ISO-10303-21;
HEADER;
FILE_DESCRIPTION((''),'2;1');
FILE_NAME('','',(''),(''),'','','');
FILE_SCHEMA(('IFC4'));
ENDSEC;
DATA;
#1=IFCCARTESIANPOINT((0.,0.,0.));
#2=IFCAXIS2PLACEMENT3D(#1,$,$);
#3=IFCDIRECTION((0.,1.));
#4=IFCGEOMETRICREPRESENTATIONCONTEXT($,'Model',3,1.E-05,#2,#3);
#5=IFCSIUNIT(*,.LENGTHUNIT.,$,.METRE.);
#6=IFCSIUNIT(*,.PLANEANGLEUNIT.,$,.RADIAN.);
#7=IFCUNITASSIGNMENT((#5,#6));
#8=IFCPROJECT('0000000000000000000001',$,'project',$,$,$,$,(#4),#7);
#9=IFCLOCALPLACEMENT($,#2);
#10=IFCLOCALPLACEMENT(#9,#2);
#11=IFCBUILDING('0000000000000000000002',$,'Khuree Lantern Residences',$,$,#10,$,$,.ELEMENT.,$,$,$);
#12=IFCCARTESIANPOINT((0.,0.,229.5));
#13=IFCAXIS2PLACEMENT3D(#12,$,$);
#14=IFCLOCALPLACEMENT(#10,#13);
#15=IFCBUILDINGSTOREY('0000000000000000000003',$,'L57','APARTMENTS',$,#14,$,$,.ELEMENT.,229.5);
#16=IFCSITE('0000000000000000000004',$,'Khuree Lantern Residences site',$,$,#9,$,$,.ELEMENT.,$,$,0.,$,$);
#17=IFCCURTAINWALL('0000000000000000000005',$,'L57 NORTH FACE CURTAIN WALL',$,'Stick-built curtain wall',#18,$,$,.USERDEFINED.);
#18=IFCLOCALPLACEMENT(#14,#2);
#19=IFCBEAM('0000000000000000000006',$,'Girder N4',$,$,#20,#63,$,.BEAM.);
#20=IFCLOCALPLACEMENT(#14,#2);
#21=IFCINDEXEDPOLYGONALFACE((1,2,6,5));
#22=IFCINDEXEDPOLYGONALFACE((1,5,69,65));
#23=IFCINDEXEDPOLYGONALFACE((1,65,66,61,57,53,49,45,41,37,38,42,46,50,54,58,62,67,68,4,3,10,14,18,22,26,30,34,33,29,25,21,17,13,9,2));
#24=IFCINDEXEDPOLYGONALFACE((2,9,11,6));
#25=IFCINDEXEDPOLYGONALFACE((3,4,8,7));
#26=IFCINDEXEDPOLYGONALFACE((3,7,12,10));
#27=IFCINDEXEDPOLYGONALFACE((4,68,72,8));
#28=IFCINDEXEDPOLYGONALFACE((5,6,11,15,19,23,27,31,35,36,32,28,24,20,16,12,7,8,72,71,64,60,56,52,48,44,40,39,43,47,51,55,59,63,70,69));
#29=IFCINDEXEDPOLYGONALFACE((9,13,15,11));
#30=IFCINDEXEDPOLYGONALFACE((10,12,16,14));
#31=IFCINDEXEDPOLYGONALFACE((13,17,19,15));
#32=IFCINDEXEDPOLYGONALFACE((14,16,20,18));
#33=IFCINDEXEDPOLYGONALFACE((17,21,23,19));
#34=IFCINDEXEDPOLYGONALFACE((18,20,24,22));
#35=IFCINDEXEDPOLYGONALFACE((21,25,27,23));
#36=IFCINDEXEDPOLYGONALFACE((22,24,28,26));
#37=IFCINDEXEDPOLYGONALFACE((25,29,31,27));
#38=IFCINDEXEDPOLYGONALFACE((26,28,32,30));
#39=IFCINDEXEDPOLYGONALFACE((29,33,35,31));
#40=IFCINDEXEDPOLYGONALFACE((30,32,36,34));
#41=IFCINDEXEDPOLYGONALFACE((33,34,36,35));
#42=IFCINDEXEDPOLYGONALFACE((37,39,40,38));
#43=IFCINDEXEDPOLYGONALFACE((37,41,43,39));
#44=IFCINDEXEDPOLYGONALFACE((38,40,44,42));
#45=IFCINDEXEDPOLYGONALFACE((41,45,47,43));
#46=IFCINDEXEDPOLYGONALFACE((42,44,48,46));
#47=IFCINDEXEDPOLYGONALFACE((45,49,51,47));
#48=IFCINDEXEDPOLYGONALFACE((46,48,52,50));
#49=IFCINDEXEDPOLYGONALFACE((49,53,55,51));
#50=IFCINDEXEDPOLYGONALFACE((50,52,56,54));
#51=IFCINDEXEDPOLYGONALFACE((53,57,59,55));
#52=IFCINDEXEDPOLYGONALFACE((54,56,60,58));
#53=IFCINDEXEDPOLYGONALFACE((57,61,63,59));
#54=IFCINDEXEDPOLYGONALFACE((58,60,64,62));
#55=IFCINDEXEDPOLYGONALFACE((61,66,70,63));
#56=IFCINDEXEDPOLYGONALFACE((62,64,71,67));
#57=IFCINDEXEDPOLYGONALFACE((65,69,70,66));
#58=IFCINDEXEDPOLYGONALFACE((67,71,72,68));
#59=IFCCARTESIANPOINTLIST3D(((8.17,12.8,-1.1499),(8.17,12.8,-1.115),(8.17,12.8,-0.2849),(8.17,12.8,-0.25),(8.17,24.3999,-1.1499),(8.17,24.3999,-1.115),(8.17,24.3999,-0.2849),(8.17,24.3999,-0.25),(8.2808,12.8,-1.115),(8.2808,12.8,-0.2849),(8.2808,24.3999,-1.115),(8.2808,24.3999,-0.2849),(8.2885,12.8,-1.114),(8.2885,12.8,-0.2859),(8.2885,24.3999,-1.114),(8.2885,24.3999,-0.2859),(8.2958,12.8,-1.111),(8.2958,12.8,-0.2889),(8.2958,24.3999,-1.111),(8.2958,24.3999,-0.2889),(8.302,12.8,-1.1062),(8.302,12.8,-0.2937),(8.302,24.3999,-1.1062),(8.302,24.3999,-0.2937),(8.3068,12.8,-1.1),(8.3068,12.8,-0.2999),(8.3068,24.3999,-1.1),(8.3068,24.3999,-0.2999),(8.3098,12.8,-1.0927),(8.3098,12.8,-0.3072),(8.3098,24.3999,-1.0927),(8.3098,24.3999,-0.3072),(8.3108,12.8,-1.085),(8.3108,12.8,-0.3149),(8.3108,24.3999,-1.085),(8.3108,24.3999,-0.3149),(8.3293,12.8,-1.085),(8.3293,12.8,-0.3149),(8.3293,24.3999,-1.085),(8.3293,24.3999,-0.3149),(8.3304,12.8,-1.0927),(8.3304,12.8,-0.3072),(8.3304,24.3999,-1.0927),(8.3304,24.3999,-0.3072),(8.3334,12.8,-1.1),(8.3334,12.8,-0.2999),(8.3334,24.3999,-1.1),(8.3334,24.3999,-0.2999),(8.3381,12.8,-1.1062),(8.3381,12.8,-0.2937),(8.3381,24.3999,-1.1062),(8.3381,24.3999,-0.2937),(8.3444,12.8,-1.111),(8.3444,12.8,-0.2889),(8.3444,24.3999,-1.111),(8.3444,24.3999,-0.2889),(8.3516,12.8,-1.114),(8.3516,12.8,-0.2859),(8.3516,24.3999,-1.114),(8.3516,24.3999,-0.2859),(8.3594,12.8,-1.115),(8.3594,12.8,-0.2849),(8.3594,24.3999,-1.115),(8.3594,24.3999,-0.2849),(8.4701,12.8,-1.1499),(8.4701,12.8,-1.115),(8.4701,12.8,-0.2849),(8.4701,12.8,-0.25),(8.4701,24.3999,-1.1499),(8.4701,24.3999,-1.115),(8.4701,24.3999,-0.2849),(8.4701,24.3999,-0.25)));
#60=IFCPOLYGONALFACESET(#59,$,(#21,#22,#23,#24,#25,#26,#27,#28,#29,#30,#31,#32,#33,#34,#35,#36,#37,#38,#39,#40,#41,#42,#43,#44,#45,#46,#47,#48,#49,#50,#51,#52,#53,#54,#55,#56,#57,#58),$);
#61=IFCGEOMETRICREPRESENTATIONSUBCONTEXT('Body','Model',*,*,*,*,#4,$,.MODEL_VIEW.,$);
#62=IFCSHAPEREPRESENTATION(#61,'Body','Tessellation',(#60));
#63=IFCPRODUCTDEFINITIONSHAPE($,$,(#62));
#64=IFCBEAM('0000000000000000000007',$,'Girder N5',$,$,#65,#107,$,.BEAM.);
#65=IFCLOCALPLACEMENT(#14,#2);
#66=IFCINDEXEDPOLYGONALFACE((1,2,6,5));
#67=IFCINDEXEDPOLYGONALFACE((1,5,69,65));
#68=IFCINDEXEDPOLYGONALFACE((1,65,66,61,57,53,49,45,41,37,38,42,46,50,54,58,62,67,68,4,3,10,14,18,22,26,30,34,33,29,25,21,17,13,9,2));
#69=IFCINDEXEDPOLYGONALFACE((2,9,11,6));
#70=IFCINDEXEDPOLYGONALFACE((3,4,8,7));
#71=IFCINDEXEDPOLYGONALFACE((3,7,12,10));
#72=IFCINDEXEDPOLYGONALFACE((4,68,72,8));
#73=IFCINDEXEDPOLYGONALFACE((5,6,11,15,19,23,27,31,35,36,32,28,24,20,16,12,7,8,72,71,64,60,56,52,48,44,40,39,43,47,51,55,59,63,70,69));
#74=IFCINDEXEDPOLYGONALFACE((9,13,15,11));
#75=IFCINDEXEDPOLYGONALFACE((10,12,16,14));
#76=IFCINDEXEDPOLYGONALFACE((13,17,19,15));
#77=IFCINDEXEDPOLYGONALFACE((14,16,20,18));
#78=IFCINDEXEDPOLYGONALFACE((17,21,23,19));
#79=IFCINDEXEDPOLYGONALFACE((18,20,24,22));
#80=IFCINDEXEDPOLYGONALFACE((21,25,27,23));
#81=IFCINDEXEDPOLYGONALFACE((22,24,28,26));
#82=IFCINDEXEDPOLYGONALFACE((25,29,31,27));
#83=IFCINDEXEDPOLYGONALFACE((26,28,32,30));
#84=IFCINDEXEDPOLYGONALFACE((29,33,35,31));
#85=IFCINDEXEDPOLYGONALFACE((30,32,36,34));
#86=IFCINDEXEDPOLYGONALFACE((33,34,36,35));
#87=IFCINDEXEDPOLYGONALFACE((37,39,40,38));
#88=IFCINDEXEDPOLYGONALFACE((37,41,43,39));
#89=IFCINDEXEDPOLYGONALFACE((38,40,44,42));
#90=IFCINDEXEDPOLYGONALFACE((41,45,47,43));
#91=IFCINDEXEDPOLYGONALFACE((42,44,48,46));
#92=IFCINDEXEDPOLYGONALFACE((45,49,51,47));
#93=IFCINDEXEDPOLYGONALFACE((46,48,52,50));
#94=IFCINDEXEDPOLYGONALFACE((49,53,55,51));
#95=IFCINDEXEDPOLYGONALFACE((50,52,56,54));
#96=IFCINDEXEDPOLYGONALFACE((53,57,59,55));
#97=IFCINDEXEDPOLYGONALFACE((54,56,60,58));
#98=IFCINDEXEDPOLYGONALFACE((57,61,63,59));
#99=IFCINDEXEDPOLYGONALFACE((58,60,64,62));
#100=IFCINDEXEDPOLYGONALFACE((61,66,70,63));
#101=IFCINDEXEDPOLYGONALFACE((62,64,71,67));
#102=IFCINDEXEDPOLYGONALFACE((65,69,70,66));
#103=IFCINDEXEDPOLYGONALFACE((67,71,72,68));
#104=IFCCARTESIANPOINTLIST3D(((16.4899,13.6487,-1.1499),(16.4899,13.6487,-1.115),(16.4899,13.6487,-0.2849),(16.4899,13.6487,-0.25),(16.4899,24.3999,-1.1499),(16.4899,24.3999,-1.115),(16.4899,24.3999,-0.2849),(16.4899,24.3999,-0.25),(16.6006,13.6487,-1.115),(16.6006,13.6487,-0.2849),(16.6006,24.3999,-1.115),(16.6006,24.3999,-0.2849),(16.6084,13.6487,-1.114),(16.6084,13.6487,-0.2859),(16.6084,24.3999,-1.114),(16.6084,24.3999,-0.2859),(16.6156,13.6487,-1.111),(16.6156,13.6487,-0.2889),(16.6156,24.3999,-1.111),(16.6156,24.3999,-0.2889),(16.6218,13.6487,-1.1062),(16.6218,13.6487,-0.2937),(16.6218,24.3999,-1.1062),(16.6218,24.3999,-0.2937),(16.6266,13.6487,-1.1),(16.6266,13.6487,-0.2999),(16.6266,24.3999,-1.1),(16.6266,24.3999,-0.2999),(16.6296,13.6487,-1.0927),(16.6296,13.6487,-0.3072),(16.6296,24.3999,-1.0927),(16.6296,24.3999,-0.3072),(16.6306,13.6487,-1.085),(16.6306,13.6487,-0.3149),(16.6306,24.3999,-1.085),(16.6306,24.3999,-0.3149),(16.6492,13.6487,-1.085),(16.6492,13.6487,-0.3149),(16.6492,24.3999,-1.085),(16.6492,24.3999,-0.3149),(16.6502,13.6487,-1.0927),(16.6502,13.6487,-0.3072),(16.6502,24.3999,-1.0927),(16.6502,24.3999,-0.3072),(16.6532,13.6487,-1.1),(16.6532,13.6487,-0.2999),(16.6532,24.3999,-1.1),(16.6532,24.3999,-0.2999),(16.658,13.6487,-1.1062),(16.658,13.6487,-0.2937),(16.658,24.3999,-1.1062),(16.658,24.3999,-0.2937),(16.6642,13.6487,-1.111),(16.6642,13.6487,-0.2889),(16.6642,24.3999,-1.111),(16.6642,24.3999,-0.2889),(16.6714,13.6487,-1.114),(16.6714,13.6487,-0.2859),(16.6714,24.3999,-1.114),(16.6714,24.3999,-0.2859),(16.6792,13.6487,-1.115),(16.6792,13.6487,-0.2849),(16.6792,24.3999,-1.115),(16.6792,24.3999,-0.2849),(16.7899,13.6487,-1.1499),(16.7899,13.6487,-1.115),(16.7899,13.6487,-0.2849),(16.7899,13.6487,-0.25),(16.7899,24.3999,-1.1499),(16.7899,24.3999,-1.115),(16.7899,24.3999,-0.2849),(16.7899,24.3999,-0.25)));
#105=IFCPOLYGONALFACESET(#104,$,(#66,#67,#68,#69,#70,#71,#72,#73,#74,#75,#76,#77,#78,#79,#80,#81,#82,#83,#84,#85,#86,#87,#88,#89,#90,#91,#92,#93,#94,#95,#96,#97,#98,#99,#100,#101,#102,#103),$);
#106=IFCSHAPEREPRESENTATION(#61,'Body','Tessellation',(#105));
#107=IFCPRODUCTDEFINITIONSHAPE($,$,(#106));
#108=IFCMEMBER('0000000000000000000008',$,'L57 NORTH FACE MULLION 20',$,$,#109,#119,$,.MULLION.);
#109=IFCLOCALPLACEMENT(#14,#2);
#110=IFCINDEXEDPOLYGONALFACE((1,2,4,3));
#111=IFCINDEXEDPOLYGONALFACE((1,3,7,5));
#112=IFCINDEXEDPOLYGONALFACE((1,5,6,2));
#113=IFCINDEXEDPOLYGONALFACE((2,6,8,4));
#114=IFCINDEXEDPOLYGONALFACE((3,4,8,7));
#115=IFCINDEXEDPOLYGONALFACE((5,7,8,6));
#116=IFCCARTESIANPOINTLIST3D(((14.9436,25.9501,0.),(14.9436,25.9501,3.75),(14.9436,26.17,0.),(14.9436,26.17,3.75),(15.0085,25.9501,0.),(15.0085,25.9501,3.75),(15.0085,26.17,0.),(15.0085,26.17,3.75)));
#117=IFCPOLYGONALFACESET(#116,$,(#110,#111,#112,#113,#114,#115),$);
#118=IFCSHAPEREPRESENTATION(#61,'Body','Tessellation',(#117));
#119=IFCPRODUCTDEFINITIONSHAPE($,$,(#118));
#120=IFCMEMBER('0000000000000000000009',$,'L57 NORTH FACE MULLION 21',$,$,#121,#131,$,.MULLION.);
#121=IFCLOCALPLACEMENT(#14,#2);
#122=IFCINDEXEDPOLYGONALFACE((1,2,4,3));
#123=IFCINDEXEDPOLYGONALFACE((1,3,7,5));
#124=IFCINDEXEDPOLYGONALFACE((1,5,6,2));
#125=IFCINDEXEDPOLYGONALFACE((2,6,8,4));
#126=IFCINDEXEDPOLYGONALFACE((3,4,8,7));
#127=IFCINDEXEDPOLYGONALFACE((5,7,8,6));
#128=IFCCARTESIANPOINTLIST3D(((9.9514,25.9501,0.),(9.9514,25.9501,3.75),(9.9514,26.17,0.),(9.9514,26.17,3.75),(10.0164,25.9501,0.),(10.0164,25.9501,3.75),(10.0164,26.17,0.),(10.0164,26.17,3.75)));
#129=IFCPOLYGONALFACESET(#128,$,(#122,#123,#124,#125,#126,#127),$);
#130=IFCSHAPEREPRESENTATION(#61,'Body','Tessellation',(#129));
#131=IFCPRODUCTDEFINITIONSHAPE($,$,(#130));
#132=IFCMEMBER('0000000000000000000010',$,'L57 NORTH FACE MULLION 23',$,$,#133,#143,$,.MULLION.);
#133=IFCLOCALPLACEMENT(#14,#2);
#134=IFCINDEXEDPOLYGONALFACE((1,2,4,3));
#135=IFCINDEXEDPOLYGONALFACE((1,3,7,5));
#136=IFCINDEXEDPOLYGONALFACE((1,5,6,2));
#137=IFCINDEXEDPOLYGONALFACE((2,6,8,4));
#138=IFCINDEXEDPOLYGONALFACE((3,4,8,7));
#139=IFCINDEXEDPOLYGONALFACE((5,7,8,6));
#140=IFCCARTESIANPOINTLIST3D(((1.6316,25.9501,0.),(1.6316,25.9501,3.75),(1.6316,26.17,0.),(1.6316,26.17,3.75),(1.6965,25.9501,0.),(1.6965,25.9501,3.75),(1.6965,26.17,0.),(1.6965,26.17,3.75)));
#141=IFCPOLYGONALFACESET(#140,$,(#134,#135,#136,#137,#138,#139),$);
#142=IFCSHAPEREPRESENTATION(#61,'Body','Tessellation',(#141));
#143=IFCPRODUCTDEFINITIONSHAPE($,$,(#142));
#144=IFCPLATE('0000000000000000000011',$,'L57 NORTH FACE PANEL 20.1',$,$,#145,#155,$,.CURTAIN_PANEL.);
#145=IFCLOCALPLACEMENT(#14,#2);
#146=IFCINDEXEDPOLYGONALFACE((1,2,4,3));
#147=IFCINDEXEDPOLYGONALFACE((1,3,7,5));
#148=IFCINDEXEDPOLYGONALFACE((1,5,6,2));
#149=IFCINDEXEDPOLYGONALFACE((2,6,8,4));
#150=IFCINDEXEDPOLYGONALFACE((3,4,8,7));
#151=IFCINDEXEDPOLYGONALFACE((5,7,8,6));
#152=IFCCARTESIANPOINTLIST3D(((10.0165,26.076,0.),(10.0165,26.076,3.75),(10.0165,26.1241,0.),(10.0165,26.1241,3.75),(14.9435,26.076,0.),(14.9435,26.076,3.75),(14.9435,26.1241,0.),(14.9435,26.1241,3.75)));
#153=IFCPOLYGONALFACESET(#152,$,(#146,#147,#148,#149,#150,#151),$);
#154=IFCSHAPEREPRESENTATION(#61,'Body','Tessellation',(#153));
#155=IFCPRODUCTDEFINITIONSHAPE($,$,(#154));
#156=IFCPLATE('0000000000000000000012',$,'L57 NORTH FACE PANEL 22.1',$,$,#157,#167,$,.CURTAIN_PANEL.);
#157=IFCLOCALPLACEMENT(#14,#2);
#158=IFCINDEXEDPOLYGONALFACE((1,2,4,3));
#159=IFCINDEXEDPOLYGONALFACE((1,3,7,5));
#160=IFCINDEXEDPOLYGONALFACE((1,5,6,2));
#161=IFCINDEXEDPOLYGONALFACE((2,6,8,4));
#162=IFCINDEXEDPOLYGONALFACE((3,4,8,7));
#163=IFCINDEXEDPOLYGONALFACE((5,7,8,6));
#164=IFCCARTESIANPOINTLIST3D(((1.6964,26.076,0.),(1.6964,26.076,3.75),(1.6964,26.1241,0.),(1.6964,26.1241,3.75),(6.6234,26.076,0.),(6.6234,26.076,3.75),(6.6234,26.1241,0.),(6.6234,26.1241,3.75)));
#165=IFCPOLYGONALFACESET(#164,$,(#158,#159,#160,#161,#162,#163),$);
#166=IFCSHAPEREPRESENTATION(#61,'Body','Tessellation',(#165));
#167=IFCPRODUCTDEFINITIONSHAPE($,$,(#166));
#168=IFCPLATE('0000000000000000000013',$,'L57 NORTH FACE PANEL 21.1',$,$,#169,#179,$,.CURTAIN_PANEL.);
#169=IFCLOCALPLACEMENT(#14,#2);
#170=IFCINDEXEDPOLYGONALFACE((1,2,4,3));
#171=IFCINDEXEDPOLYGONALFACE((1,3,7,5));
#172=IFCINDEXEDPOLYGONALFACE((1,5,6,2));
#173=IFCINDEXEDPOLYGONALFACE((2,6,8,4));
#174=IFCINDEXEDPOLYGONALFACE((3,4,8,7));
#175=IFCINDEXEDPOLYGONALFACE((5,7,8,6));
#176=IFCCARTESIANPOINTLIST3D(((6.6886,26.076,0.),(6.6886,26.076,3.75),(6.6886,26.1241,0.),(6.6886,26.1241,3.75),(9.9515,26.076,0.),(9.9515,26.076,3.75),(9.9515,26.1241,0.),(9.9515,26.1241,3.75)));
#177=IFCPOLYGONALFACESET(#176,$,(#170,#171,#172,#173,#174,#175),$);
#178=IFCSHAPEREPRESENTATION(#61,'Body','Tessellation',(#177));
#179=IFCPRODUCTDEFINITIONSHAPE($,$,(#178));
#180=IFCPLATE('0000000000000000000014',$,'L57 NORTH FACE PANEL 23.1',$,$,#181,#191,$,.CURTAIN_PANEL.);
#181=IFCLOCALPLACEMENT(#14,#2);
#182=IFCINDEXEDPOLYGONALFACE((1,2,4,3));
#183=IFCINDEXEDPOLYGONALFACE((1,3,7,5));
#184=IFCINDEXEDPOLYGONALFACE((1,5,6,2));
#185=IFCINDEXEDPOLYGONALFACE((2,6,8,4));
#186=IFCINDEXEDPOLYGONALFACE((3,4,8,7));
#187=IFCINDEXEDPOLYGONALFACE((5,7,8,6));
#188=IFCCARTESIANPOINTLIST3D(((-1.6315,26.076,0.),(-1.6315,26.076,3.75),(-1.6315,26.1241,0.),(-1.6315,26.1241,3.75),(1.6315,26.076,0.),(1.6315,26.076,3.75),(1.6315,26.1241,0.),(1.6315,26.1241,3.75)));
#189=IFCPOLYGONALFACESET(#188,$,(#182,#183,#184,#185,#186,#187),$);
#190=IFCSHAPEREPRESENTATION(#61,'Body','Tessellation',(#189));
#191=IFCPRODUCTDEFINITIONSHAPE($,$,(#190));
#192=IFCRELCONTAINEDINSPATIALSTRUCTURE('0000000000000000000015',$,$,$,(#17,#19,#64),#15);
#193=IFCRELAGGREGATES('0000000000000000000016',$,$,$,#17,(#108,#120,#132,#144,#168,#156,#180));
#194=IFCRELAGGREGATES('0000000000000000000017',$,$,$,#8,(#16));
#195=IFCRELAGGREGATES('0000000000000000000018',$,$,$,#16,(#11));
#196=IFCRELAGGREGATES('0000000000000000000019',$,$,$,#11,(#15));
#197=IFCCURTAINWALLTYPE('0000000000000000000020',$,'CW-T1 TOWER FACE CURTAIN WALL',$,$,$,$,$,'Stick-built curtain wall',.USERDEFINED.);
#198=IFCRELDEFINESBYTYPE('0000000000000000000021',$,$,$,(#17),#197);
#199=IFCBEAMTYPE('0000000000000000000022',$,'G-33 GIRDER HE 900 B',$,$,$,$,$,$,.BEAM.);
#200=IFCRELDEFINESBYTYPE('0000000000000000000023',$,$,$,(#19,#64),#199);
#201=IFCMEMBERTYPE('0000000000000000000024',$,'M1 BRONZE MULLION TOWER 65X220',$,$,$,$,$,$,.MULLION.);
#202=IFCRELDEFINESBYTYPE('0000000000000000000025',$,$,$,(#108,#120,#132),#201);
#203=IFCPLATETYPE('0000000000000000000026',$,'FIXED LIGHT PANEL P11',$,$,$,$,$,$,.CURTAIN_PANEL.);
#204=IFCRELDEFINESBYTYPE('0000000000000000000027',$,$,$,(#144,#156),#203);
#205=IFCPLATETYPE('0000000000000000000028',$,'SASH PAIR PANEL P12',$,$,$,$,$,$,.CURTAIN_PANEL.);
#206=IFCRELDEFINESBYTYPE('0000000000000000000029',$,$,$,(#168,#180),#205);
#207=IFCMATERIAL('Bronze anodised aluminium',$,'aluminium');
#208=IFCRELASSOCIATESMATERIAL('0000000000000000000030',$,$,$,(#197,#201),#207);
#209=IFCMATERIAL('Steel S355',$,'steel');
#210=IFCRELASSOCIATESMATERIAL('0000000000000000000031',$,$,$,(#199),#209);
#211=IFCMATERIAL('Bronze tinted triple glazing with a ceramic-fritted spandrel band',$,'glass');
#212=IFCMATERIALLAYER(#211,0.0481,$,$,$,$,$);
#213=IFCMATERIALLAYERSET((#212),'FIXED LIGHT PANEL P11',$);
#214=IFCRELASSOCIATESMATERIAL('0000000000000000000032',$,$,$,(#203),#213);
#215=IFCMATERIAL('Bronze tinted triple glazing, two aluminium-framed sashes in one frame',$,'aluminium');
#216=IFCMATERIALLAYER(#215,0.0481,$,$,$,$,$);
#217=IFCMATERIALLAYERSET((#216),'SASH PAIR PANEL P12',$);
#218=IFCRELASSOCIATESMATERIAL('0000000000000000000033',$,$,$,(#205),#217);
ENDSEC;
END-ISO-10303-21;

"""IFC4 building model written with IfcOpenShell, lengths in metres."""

from ifc_helpers import new_model, si_unit, direction, frame, origin, origin_2d, place, context, subcontext, project, spatial, rectangle, i_section, extrude, material, layer, layer_set, material_profile, profile_set, type_object, element, aggregate, save


model = new_model("IFC4")

# Units and contexts
model_context = context("Model", 3, precision=1e-05, world=origin(), true_north=direction((0.0, 1.0)))
body_context = subcontext(model_context, "Body", "Model", "MODEL_VIEW")
ifc_project = project(units=[si_unit("LENGTHUNIT", "METRE"), si_unit("PLANEANGLEUNIT", "RADIAN")], contexts=[model_context])

# Site, building, storey
site_placement = place(None, origin())
site = spatial("IfcSite", under=ifc_project, at=site_placement, Name="Khuree Lantern Residences site", CompositionType="ELEMENT", RefElevation=0.0)
building_placement = place(site_placement, origin())
building = spatial("IfcBuilding", under=site, at=building_placement, Name="Khuree Lantern Residences", CompositionType="ELEMENT")
storey_placement = place(building_placement, frame((0.0, 0.0, 229.5)))
storey = spatial("IfcBuildingStorey", under=building, at=storey_placement, Name="L57", Description="APARTMENTS", CompositionType="ELEMENT", Elevation=229.5)

# Shared definitions
ifc_material_1 = material(Name="Steel S355", Category="steel")

# Curtain wall
ifc_material_2 = material(Name="Bronze anodised aluminium", Category="aluminium")
curtain_wall_type = type_object("IfcCurtainWallType", Name="CW-T1 TOWER FACE CURTAIN WALL", ElementType="Stick-built curtain wall", PredefinedType="USERDEFINED", material=ifc_material_2)
curtain_wall_placement = place(storey_placement, origin())
curtain_wall = element("IfcCurtainWall", 1, at=curtain_wall_placement, inside=storey, type_object=curtain_wall_type, Name="L57 NORTH FACE CURTAIN WALL", ObjectType="Stick-built curtain wall", PredefinedType="USERDEFINED")

# Beams
ifc_material_profile_1 = material_profile(ifc_material_1, i_section(OverallWidth=0.3, OverallDepth=0.8999, WebThickness=0.0186, FlangeThickness=0.0349, FilletRadius=0.03, at=origin_2d()), Name="HE 900 B")
ifc_profile_set_1 = profile_set([ifc_material_profile_1], Name="Steel S355")
beam_type_1 = type_object("IfcBeamType", Name="G-33 GIRDER HE 900 B", PredefinedType="BEAM", material=ifc_profile_set_1)
for number, where, z_axis, x_axis, name in (
    (2, (8.3201, 24.3999, -0.7), (0.0, -1.0, 0.0), (1.0, 0.0, 0.0), "Girder N4"),
):
    element("IfcBeam", number, at=place(storey_placement, frame(where, z_axis=z_axis, x_axis=x_axis)), inside=storey, type_object=beam_type_1, Name=name, PredefinedType="BEAM", context=body_context, shape_type="SweptSolid", body=[
        extrude(i_section(OverallWidth=0.3, OverallDepth=0.8999, WebThickness=0.0186, FlangeThickness=0.0349, FilletRadius=0.03, at=origin_2d()), origin(), (0.0, 0.0, 1.0), 11.5999),
    ])
beam_1_placement = place(storey_placement, frame((16.6399, 24.3999, -0.7), z_axis=(0.0, -1.0, 0.0), x_axis=(1.0, 0.0, 0.0)))
element("IfcBeam", 3, at=beam_1_placement, inside=storey, type_object=beam_type_1, Name="Girder N5", PredefinedType="BEAM", context=body_context, shape_type="SweptSolid", body=[
    extrude(i_section(OverallWidth=0.3, OverallDepth=0.8999, WebThickness=0.0186, FlangeThickness=0.0349, FilletRadius=0.03, at=origin_2d()), origin(), (0.0, 0.0, 1.0), 10.7512),
])

# Members
ifc_material_profile_2 = material_profile(ifc_material_2, rectangle(XDim=0.0649, YDim=0.22, at=origin_2d()), Name="M1 65X220")
ifc_profile_set_2 = profile_set([ifc_material_profile_2], Name="Bronze anodised aluminium")
member_type_1 = type_object("IfcMemberType", Name="M1 BRONZE MULLION TOWER 65X220", PredefinedType="MULLION", material=ifc_profile_set_2)
member_1_placement = place(storey_placement, frame((14.9761, 26.0601, 0.0), z_axis=(0.0, 0.0, 1.0), x_axis=(-1.0, 0.0, 0.0)))
member_1 = element("IfcMember", 4, at=member_1_placement, type_object=member_type_1, Name="L57 NORTH FACE MULLION 20", PredefinedType="MULLION", context=body_context, shape_type="SweptSolid", body=[
    extrude(rectangle(XDim=0.0649, YDim=0.22, at=origin_2d()), origin(), (0.0, 0.0, 1.0), 3.75),
])
member_2_placement = place(storey_placement, frame((9.9839, 26.0601, 0.0), z_axis=(0.0, 0.0, 1.0), x_axis=(-1.0, 0.0, 0.0)))
member_2 = element("IfcMember", 5, at=member_2_placement, type_object=member_type_1, Name="L57 NORTH FACE MULLION 21", PredefinedType="MULLION", context=body_context, shape_type="SweptSolid", body=[
    extrude(rectangle(XDim=0.0649, YDim=0.22, at=origin_2d()), origin(), (0.0, 0.0, 1.0), 3.75),
])
member_3_placement = place(storey_placement, frame((1.6641, 26.0601, 0.0), z_axis=(0.0, 0.0, 1.0), x_axis=(-1.0, 0.0, 0.0)))
member_3 = element("IfcMember", 6, at=member_3_placement, type_object=member_type_1, Name="L57 NORTH FACE MULLION 23", PredefinedType="MULLION", context=body_context, shape_type="SweptSolid", body=[
    extrude(rectangle(XDim=0.0649, YDim=0.22, at=origin_2d()), origin(), (0.0, 0.0, 1.0), 3.75),
])

# Plates
ifc_material_3 = material(Name="Bronze tinted triple glazing with a ceramic-fritted spandrel band", Category="glass")
ifc_layer_1 = layer(ifc_material_3, 0.0481)
ifc_layer_set_1 = layer_set([ifc_layer_1], Name="FIXED LIGHT PANEL P11")
plate_type_1 = type_object("IfcPlateType", Name="FIXED LIGHT PANEL P11", PredefinedType="CURTAIN_PANEL", material=ifc_layer_set_1)
plate_1_placement = place(storey_placement, frame((12.48, 26.1001, 0.0), z_axis=(0.0, 0.0, 1.0), x_axis=(-1.0, 0.0, 0.0)))
plate_1 = element("IfcPlate", 7, at=plate_1_placement, type_object=plate_type_1, Name="L57 NORTH FACE PANEL 20.1", PredefinedType="CURTAIN_PANEL", context=body_context, shape_type="SweptSolid", body=[
    extrude(rectangle(XDim=4.927, YDim=0.0481, at=origin_2d()), origin(), (0.0, 0.0, 1.0), 3.75),
])
plate_2_placement = place(storey_placement, frame((4.1599, 26.1001, 0.0), z_axis=(0.0, 0.0, 1.0), x_axis=(-1.0, 0.0, 0.0)))
plate_2 = element("IfcPlate", 8, at=plate_2_placement, type_object=plate_type_1, Name="L57 NORTH FACE PANEL 22.1", PredefinedType="CURTAIN_PANEL", context=body_context, shape_type="SweptSolid", body=[
    extrude(rectangle(XDim=4.927, YDim=0.0481, at=origin_2d()), origin(), (0.0, 0.0, 1.0), 3.75),
])
ifc_material_4 = material(Name="Bronze tinted triple glazing, two aluminium-framed sashes in one frame", Category="aluminium")
ifc_layer_2 = layer(ifc_material_4, 0.0481)
ifc_layer_set_2 = layer_set([ifc_layer_2], Name="SASH PAIR PANEL P12")
plate_type_2 = type_object("IfcPlateType", Name="SASH PAIR PANEL P12", PredefinedType="CURTAIN_PANEL", material=ifc_layer_set_2)
plate_3_placement = place(storey_placement, frame((8.3201, 26.1001, 0.0), z_axis=(0.0, 0.0, 1.0), x_axis=(-1.0, 0.0, 0.0)))
plate_3 = element("IfcPlate", 9, at=plate_3_placement, type_object=plate_type_2, Name="L57 NORTH FACE PANEL 21.1", PredefinedType="CURTAIN_PANEL", context=body_context, shape_type="SweptSolid", body=[
    extrude(rectangle(XDim=3.2629, YDim=0.0481, at=origin_2d()), origin(), (0.0, 0.0, 1.0), 3.75),
])
plate_4_placement = place(storey_placement, frame((0.0, 26.1001, 0.0), z_axis=(0.0, 0.0, 1.0), x_axis=(-1.0, 0.0, 0.0)))
plate_4 = element("IfcPlate", 10, at=plate_4_placement, type_object=plate_type_2, Name="L57 NORTH FACE PANEL 23.1", PredefinedType="CURTAIN_PANEL", context=body_context, shape_type="SweptSolid", body=[
    extrude(rectangle(XDim=3.2629, YDim=0.0481, at=origin_2d()), origin(), (0.0, 0.0, 1.0), 3.75),
])
aggregate(curtain_wall, [member_1, member_2, member_3, plate_1, plate_3, plate_2, plate_4])

save(model, "model.ifc")
